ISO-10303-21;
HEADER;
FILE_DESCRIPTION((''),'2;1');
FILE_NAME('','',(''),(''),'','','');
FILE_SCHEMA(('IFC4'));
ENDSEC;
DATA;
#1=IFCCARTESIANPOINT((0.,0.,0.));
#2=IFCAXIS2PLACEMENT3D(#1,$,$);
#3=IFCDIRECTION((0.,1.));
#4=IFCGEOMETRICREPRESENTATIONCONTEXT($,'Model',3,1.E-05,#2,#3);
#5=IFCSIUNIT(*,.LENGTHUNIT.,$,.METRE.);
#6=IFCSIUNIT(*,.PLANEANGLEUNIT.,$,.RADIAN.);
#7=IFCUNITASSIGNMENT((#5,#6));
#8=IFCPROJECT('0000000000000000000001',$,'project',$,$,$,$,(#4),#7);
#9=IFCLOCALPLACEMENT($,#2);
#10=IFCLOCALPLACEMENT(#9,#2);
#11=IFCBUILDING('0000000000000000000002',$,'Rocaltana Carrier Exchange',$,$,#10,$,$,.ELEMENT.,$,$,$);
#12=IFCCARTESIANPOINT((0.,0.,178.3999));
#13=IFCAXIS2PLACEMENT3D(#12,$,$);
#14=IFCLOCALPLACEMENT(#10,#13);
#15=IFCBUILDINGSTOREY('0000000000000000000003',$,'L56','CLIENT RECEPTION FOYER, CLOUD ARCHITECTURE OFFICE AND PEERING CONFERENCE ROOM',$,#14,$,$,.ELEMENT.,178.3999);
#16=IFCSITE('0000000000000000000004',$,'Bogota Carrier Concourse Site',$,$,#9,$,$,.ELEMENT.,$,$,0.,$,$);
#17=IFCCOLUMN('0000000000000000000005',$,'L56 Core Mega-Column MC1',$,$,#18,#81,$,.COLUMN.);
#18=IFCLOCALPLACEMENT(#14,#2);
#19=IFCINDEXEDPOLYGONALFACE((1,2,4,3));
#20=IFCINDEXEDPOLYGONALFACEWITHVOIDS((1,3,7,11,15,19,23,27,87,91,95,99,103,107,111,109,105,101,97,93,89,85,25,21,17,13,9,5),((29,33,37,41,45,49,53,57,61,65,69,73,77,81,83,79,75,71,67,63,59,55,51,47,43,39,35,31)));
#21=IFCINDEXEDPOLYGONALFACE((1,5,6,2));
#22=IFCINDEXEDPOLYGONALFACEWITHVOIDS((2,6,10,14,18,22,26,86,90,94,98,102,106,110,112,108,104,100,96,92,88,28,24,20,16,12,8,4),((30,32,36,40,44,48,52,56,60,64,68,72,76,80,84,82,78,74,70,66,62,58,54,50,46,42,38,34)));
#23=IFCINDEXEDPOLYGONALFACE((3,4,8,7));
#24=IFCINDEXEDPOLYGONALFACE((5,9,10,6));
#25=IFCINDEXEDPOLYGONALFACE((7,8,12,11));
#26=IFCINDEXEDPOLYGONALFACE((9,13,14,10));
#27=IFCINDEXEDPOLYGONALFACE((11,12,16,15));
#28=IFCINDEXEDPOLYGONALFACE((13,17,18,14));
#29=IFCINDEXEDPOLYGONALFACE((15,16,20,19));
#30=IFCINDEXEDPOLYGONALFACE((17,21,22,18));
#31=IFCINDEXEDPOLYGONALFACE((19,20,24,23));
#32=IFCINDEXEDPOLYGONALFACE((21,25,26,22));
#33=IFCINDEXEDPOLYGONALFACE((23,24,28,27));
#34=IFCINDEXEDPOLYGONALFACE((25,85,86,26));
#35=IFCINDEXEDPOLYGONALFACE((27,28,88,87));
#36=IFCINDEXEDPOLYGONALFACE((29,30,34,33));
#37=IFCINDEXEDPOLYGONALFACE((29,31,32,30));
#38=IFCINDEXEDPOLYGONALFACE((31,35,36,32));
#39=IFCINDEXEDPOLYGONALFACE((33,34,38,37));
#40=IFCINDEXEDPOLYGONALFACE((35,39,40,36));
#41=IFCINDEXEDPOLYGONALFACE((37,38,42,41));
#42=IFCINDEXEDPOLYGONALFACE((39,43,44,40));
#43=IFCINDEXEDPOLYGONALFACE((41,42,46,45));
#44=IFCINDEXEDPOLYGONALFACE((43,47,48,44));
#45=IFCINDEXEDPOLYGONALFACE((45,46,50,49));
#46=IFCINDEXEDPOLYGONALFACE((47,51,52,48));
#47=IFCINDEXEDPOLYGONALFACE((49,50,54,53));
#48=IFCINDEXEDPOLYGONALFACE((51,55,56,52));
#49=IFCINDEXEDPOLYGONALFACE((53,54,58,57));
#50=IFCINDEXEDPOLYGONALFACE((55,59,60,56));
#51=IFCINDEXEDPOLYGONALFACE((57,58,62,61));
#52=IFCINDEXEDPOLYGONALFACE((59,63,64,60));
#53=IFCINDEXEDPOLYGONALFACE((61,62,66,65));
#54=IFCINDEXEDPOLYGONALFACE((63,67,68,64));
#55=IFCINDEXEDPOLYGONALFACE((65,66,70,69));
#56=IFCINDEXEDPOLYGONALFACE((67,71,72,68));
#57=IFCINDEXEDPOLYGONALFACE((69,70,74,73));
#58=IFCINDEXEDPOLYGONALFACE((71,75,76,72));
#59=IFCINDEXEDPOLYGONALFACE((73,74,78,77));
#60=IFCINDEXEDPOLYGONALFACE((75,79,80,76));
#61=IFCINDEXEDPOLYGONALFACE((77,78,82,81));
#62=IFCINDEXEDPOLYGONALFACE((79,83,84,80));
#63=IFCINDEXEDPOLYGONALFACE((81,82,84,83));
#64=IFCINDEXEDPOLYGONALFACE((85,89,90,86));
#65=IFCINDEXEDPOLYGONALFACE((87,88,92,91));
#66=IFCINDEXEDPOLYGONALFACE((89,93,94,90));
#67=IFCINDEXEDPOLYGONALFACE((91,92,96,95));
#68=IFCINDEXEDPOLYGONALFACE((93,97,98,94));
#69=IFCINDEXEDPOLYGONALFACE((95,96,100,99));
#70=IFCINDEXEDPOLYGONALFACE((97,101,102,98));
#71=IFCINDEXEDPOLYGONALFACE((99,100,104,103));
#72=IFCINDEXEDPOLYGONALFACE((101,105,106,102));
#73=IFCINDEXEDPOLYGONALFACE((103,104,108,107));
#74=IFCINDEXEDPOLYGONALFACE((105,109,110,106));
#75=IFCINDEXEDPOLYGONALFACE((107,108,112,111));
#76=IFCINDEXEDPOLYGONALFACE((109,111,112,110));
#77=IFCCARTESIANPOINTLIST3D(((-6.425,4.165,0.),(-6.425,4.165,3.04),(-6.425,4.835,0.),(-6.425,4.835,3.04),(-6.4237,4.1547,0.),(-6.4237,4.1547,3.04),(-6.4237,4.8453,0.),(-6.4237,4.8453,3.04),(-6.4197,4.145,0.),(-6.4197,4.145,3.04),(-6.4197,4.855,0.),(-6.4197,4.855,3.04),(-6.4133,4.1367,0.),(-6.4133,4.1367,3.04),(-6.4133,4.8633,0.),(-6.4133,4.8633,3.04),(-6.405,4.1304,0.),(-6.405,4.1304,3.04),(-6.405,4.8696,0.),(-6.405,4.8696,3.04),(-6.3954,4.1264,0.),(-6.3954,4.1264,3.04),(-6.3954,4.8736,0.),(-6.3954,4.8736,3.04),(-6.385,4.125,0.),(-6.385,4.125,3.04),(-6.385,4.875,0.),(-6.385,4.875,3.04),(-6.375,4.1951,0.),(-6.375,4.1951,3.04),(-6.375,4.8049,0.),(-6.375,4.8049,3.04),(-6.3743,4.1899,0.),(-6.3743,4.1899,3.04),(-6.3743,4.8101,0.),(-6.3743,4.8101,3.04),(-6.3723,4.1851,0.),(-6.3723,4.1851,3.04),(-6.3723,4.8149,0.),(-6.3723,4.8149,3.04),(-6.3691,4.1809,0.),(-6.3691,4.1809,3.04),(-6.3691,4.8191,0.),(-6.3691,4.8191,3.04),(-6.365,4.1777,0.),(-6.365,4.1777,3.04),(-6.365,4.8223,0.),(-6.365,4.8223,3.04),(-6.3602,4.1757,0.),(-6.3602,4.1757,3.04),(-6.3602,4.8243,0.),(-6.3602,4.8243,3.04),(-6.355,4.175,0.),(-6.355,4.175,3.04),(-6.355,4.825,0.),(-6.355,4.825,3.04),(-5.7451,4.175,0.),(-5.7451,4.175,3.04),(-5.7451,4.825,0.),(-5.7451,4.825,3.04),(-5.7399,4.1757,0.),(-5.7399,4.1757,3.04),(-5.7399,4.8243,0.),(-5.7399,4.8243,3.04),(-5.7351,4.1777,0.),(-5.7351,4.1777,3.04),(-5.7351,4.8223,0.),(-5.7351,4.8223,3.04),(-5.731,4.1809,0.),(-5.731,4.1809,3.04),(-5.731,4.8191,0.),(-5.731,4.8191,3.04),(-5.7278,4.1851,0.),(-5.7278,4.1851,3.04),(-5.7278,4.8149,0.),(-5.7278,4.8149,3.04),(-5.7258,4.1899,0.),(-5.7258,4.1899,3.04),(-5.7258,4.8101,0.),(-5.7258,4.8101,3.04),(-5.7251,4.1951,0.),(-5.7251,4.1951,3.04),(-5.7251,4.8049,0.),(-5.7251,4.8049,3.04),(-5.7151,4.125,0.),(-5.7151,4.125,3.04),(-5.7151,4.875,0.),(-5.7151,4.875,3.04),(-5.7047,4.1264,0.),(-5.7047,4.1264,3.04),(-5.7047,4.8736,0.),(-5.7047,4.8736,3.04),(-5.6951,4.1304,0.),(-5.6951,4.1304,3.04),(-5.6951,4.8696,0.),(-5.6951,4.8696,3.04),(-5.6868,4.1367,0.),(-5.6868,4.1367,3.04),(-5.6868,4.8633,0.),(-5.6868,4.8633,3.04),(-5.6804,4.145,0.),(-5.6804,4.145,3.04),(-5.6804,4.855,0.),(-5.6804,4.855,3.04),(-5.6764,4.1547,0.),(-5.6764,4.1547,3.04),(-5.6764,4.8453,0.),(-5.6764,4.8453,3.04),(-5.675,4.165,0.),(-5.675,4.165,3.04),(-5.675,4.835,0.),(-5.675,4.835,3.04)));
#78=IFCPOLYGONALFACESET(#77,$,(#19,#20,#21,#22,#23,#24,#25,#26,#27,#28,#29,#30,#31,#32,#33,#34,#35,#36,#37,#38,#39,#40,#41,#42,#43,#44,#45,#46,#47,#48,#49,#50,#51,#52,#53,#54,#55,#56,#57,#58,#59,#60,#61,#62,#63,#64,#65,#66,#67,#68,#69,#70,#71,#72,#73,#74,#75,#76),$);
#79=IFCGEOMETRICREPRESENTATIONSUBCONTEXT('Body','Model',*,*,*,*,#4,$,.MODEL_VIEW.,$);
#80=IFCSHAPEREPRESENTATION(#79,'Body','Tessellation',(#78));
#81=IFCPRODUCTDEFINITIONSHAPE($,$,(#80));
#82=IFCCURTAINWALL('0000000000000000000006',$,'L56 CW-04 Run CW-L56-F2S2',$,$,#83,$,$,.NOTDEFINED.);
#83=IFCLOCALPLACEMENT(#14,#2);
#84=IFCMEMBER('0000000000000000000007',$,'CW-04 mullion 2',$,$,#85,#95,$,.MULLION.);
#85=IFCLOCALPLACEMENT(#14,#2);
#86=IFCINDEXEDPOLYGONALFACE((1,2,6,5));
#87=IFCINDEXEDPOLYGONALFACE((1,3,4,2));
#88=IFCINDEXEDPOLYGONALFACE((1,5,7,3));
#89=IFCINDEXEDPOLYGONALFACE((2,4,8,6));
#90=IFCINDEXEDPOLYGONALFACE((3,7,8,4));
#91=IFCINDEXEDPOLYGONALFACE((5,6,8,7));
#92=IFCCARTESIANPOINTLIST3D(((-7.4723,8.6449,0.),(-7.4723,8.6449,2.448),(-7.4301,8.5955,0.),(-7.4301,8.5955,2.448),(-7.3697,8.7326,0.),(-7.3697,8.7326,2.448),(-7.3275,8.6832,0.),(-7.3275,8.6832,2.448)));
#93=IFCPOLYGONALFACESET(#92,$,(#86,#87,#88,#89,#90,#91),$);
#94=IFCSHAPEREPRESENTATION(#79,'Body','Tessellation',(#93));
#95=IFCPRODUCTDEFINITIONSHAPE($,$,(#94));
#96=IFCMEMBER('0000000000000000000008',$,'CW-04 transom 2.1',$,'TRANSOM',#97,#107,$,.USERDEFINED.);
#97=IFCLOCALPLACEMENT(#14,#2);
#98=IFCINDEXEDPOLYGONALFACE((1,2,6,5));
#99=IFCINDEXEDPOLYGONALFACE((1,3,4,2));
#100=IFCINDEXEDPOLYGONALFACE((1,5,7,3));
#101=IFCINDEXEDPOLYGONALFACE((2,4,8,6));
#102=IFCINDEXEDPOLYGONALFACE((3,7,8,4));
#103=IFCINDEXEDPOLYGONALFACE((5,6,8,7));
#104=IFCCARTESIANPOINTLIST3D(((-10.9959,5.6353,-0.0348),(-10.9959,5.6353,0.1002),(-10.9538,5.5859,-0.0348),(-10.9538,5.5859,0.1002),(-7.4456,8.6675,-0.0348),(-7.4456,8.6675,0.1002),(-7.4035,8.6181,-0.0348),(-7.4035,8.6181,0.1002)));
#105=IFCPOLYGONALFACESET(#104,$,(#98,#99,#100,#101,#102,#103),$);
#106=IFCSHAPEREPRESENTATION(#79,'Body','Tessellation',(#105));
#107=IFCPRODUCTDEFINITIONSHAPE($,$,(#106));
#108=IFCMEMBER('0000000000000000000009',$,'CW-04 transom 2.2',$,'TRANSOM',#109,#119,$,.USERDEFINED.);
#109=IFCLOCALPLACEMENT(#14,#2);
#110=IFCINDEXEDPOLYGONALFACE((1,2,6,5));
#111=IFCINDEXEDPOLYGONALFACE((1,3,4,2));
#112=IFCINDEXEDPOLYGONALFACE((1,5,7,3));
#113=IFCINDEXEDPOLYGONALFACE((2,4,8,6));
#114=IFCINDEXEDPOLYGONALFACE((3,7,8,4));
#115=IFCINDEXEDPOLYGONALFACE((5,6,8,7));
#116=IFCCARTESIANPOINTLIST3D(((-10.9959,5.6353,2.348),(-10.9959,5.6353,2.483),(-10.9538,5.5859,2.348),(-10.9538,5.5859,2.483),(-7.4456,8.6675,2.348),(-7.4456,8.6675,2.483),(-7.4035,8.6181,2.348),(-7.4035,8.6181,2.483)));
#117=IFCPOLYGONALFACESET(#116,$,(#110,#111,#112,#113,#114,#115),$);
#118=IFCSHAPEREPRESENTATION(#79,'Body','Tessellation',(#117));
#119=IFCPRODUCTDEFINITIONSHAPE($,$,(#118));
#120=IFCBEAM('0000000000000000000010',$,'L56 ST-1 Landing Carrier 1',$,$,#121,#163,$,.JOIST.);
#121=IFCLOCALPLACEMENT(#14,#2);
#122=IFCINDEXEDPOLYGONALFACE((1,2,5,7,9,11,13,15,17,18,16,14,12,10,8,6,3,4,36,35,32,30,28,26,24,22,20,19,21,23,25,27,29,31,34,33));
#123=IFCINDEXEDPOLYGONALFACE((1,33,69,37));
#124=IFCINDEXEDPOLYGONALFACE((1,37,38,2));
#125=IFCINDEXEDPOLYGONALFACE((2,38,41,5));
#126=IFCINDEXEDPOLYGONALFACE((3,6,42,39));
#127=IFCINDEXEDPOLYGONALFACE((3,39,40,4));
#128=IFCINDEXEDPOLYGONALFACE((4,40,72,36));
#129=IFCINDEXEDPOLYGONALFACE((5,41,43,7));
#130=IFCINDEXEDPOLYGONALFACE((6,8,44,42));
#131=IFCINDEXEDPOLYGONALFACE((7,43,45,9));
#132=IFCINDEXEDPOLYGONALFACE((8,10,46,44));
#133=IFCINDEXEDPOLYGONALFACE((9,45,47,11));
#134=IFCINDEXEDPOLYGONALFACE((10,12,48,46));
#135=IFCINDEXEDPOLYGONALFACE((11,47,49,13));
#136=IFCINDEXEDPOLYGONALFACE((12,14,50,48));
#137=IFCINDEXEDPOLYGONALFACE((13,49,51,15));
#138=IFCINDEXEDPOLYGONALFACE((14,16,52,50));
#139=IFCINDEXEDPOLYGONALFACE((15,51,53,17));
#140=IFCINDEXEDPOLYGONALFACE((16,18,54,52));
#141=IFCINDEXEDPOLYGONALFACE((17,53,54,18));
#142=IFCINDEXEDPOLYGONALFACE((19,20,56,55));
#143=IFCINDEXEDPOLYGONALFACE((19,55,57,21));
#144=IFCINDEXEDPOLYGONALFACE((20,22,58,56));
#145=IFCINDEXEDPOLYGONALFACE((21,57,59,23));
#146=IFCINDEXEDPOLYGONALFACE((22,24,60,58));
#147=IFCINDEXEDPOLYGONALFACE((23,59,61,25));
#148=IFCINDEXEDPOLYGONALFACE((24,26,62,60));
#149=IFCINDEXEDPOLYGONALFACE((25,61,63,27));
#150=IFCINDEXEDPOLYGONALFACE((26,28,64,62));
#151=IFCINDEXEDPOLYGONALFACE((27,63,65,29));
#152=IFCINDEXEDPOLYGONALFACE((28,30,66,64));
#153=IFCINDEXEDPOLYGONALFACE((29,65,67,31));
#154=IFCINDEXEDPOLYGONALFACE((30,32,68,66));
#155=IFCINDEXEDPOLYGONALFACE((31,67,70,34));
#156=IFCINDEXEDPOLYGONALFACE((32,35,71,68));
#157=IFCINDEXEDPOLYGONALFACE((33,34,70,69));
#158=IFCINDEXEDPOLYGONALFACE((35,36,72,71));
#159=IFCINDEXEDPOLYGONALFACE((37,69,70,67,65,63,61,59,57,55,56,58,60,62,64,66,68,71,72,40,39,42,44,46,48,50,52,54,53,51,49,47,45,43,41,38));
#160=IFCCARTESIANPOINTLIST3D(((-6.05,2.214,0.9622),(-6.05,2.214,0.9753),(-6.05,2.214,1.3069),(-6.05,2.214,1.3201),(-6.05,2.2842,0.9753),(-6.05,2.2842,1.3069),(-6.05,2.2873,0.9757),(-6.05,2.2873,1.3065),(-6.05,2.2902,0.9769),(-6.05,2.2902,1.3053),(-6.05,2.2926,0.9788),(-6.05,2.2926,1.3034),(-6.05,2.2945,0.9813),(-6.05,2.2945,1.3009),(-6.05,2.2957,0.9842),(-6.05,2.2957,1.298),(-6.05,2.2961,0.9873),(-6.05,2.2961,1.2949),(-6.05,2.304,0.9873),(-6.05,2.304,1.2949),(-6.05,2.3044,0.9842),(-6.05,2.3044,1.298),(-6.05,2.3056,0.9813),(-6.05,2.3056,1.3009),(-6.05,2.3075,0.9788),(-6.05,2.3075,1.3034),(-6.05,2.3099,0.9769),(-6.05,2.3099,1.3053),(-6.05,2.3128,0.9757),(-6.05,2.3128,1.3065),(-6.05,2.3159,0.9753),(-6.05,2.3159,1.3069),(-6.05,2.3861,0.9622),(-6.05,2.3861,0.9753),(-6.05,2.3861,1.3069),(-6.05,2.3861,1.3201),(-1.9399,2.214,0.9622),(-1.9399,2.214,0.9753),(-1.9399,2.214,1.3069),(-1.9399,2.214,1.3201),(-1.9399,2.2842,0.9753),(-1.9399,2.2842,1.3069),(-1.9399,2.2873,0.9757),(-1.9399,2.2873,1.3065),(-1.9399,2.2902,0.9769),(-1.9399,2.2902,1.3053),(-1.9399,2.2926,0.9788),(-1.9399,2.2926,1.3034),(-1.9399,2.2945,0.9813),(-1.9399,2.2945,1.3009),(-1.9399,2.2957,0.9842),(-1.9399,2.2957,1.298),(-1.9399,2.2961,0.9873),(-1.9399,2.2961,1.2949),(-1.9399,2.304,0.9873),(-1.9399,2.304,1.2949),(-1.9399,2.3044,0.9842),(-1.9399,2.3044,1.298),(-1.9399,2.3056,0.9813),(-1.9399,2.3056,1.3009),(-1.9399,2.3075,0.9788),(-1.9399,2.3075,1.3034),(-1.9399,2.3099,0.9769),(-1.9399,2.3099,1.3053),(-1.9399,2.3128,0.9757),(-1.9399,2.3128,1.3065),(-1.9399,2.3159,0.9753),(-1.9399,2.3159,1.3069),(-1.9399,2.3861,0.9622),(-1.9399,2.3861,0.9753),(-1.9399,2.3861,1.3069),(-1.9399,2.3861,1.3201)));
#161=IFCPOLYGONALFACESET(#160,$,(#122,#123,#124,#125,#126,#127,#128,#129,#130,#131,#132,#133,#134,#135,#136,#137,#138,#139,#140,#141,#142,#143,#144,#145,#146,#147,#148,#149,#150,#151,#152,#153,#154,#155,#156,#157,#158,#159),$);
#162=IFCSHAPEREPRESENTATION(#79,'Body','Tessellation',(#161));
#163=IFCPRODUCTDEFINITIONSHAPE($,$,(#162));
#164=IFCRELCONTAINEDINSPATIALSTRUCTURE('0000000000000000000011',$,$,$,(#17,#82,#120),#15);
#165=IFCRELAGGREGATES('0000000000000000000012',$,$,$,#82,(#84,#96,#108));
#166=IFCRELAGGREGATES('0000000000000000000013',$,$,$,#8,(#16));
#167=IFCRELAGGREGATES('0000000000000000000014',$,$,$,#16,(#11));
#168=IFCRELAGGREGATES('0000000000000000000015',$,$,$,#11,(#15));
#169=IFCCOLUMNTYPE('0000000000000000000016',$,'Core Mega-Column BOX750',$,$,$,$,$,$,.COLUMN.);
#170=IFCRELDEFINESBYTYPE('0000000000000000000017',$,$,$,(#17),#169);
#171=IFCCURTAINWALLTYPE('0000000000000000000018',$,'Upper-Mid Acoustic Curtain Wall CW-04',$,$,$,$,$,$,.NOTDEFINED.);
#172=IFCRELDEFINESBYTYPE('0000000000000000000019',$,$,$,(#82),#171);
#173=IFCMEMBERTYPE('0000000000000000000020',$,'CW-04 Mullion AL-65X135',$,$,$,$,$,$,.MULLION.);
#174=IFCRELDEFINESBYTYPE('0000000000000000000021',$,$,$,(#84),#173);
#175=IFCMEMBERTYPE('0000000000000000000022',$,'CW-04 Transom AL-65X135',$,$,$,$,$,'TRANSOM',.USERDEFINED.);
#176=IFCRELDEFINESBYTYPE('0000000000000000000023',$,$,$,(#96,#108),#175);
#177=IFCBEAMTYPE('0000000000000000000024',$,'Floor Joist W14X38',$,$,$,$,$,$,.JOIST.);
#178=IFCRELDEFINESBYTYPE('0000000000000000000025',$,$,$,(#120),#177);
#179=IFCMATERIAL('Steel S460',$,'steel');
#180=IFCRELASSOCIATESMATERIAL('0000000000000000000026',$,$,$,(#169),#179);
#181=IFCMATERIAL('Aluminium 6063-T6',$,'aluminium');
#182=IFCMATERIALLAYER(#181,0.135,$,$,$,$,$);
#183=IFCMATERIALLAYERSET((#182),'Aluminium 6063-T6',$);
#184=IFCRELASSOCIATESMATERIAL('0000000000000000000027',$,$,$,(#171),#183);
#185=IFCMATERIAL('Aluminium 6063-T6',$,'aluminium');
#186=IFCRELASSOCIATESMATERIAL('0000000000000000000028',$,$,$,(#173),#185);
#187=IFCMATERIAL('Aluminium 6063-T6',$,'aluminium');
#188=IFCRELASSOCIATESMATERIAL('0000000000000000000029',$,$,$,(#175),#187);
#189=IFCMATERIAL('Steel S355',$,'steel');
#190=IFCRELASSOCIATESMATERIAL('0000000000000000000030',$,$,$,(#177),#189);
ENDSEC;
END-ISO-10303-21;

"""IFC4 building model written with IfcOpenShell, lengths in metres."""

from ifc_helpers import new_model, si_unit, direction, frame, origin, origin_2d, place, context, subcontext, project, spatial, rectangle, hollow_rectangle, i_section, extrude, material, layer, layer_set, material_profile, profile_set, type_object, element, aggregate, save


model = new_model("IFC4")

# Units and contexts
model_context = context("Model", 3, precision=1e-05, world=origin(), true_north=direction((0.0, 1.0)))
body_context = subcontext(model_context, "Body", "Model", "MODEL_VIEW")
ifc_project = project(units=[si_unit("LENGTHUNIT", "METRE"), si_unit("PLANEANGLEUNIT", "RADIAN")], contexts=[model_context])

# Site, building, storey
site_placement = place(None, origin())
site = spatial("IfcSite", under=ifc_project, at=site_placement, Name="Bogota Carrier Concourse Site", CompositionType="ELEMENT", RefElevation=0.0)
building_placement = place(site_placement, origin())
building = spatial("IfcBuilding", under=site, at=building_placement, Name="Rocaltana Carrier Exchange", CompositionType="ELEMENT")
storey_placement = place(building_placement, frame((0.0, 0.0, 178.3999)))
storey = spatial("IfcBuildingStorey", under=building, at=storey_placement, Name="L56", Description="CLIENT RECEPTION FOYER, CLOUD ARCHITECTURE OFFICE AND PEERING CONFERENCE ROOM", CompositionType="ELEMENT", Elevation=178.3999)

# Column
ifc_material_1 = material(Name="Steel S460", Category="steel")
ifc_material_profile_1 = material_profile(ifc_material_1, hollow_rectangle(XDim=0.75, YDim=0.75, WallThickness=0.05, InnerFilletRadius=0.02, OuterFilletRadius=0.04, at=origin_2d()), Name="BOX750X750X50")
ifc_profile_set_1 = profile_set([ifc_material_profile_1], Name="Steel S460")
column_type = type_object("IfcColumnType", Name="Core Mega-Column BOX750", PredefinedType="COLUMN", material=ifc_profile_set_1)
column_placement = place(storey_placement, frame((-6.05, 4.5, 0.0), z_axis=(0.0, 0.0, 1.0), x_axis=(1.0, 0.0, 0.0)))
element("IfcColumn", 1, at=column_placement, inside=storey, type_object=column_type, Name="L56 Core Mega-Column MC1", PredefinedType="COLUMN", context=body_context, shape_type="SweptSolid", body=[
    extrude(hollow_rectangle(XDim=0.75, YDim=0.75, WallThickness=0.05, InnerFilletRadius=0.02, OuterFilletRadius=0.04, at=origin_2d()), origin(), (0.0, 0.0, 1.0), 3.04),
])

# Curtain wall, members
ifc_material_2 = material(Name="Aluminium 6063-T6", Category="aluminium")
ifc_layer_1 = layer(ifc_material_2, 0.135)
ifc_layer_set_1 = layer_set([ifc_layer_1], Name="Aluminium 6063-T6")
curtain_wall_type = type_object("IfcCurtainWallType", Name="Upper-Mid Acoustic Curtain Wall CW-04", PredefinedType="NOTDEFINED", material=ifc_layer_set_1)
curtain_wall_placement = place(storey_placement, origin())
curtain_wall = element("IfcCurtainWall", 2, at=curtain_wall_placement, inside=storey, type_object=curtain_wall_type, Name="L56 CW-04 Run CW-L56-F2S2", PredefinedType="NOTDEFINED")
ifc_material_3 = material(Name="Aluminium 6063-T6", Category="aluminium")
ifc_material_profile_2 = material_profile(ifc_material_3, rectangle(XDim=0.0649, YDim=0.135, at=origin_2d()), Name="AL-65X135")
ifc_profile_set_2 = profile_set([ifc_material_profile_2], Name="Aluminium 6063-T6")
member_type_1 = type_object("IfcMemberType", Name="CW-04 Mullion AL-65X135", PredefinedType="MULLION", material=ifc_profile_set_2)
member_1_placement = place(storey_placement, frame((-7.3999, 8.6641, 0.0), z_axis=(0.0, 0.0, 1.0), x_axis=(0.649454, -0.760401, 0.0)))
member_1 = element("IfcMember", 3, at=member_1_placement, type_object=member_type_1, Name="CW-04 mullion 2", PredefinedType="MULLION", context=body_context, shape_type="SweptSolid", body=[
    extrude(rectangle(XDim=0.0649, YDim=0.135, at=origin_2d()), origin(), (0.0, 0.0, 1.0), 2.448),
])
ifc_material_4 = material(Name="Aluminium 6063-T6", Category="aluminium")
ifc_material_profile_3 = material_profile(ifc_material_4, rectangle(XDim=0.0649, YDim=0.135, at=origin_2d()), Name="AL-65X135")
ifc_profile_set_3 = profile_set([ifc_material_profile_3], Name="Aluminium 6063-T6")
member_type_2 = type_object("IfcMemberType", Name="CW-04 Transom AL-65X135", ElementType="TRANSOM", PredefinedType="USERDEFINED", material=ifc_profile_set_3)
member_2_placement = place(storey_placement, frame((-7.4246, 8.6428, 0.0327), z_axis=(-0.760407, -0.649447, 0.0), x_axis=(0.649447, -0.760407, 0.0)))
member_2 = element("IfcMember", 4, at=member_2_placement, type_object=member_type_2, Name="CW-04 transom 2.1", ObjectType="TRANSOM", PredefinedType="USERDEFINED", context=body_context, shape_type="SweptSolid", body=[
    extrude(rectangle(XDim=0.0649, YDim=0.135, at=origin_2d()), origin(), (0.0, 0.0, 1.0), 4.6689),
])
member_3_placement = place(storey_placement, frame((-7.4246, 8.6428, 2.4155), z_axis=(-0.760407, -0.649447, 0.0), x_axis=(0.649447, -0.760407, 0.0)))
member_3 = element("IfcMember", 5, at=member_3_placement, type_object=member_type_2, Name="CW-04 transom 2.2", ObjectType="TRANSOM", PredefinedType="USERDEFINED", context=body_context, shape_type="SweptSolid", body=[
    extrude(rectangle(XDim=0.0649, YDim=0.135, at=origin_2d()), origin(), (0.0, 0.0, 1.0), 4.6689),
])

# Beam
ifc_material_5 = material(Name="Steel S355", Category="steel")
ifc_material_profile_4 = material_profile(ifc_material_5, i_section(OverallWidth=0.1721, OverallDepth=0.3579, WebThickness=0.0078, FlangeThickness=0.0132, FilletRadius=0.012, at=origin_2d()), Name="W14X38")
ifc_profile_set_4 = profile_set([ifc_material_profile_4], Name="Steel S355")
beam_type_1 = type_object("IfcBeamType", Name="Floor Joist W14X38", PredefinedType="JOIST", material=ifc_profile_set_4)
for number, where, z_axis, x_axis, name in (
    (6, (-6.05, 2.3, 1.1411), (1.0, 0.0, 0.0), (0.0, 1.0, 0.0), "L56 ST-1 Landing Carrier 1"),
):
    element("IfcBeam", number, at=place(storey_placement, frame(where, z_axis=z_axis, x_axis=x_axis)), inside=storey, type_object=beam_type_1, Name=name, PredefinedType="JOIST", context=body_context, shape_type="SweptSolid", body=[
        extrude(i_section(OverallWidth=0.1721, OverallDepth=0.3579, WebThickness=0.0078, FlangeThickness=0.0132, FilletRadius=0.012, at=origin_2d()), origin(), (0.0, 0.0, 1.0), 4.1101),
    ])

aggregate(curtain_wall, [member_1, member_2, member_3])

save(model, "model.ifc")
